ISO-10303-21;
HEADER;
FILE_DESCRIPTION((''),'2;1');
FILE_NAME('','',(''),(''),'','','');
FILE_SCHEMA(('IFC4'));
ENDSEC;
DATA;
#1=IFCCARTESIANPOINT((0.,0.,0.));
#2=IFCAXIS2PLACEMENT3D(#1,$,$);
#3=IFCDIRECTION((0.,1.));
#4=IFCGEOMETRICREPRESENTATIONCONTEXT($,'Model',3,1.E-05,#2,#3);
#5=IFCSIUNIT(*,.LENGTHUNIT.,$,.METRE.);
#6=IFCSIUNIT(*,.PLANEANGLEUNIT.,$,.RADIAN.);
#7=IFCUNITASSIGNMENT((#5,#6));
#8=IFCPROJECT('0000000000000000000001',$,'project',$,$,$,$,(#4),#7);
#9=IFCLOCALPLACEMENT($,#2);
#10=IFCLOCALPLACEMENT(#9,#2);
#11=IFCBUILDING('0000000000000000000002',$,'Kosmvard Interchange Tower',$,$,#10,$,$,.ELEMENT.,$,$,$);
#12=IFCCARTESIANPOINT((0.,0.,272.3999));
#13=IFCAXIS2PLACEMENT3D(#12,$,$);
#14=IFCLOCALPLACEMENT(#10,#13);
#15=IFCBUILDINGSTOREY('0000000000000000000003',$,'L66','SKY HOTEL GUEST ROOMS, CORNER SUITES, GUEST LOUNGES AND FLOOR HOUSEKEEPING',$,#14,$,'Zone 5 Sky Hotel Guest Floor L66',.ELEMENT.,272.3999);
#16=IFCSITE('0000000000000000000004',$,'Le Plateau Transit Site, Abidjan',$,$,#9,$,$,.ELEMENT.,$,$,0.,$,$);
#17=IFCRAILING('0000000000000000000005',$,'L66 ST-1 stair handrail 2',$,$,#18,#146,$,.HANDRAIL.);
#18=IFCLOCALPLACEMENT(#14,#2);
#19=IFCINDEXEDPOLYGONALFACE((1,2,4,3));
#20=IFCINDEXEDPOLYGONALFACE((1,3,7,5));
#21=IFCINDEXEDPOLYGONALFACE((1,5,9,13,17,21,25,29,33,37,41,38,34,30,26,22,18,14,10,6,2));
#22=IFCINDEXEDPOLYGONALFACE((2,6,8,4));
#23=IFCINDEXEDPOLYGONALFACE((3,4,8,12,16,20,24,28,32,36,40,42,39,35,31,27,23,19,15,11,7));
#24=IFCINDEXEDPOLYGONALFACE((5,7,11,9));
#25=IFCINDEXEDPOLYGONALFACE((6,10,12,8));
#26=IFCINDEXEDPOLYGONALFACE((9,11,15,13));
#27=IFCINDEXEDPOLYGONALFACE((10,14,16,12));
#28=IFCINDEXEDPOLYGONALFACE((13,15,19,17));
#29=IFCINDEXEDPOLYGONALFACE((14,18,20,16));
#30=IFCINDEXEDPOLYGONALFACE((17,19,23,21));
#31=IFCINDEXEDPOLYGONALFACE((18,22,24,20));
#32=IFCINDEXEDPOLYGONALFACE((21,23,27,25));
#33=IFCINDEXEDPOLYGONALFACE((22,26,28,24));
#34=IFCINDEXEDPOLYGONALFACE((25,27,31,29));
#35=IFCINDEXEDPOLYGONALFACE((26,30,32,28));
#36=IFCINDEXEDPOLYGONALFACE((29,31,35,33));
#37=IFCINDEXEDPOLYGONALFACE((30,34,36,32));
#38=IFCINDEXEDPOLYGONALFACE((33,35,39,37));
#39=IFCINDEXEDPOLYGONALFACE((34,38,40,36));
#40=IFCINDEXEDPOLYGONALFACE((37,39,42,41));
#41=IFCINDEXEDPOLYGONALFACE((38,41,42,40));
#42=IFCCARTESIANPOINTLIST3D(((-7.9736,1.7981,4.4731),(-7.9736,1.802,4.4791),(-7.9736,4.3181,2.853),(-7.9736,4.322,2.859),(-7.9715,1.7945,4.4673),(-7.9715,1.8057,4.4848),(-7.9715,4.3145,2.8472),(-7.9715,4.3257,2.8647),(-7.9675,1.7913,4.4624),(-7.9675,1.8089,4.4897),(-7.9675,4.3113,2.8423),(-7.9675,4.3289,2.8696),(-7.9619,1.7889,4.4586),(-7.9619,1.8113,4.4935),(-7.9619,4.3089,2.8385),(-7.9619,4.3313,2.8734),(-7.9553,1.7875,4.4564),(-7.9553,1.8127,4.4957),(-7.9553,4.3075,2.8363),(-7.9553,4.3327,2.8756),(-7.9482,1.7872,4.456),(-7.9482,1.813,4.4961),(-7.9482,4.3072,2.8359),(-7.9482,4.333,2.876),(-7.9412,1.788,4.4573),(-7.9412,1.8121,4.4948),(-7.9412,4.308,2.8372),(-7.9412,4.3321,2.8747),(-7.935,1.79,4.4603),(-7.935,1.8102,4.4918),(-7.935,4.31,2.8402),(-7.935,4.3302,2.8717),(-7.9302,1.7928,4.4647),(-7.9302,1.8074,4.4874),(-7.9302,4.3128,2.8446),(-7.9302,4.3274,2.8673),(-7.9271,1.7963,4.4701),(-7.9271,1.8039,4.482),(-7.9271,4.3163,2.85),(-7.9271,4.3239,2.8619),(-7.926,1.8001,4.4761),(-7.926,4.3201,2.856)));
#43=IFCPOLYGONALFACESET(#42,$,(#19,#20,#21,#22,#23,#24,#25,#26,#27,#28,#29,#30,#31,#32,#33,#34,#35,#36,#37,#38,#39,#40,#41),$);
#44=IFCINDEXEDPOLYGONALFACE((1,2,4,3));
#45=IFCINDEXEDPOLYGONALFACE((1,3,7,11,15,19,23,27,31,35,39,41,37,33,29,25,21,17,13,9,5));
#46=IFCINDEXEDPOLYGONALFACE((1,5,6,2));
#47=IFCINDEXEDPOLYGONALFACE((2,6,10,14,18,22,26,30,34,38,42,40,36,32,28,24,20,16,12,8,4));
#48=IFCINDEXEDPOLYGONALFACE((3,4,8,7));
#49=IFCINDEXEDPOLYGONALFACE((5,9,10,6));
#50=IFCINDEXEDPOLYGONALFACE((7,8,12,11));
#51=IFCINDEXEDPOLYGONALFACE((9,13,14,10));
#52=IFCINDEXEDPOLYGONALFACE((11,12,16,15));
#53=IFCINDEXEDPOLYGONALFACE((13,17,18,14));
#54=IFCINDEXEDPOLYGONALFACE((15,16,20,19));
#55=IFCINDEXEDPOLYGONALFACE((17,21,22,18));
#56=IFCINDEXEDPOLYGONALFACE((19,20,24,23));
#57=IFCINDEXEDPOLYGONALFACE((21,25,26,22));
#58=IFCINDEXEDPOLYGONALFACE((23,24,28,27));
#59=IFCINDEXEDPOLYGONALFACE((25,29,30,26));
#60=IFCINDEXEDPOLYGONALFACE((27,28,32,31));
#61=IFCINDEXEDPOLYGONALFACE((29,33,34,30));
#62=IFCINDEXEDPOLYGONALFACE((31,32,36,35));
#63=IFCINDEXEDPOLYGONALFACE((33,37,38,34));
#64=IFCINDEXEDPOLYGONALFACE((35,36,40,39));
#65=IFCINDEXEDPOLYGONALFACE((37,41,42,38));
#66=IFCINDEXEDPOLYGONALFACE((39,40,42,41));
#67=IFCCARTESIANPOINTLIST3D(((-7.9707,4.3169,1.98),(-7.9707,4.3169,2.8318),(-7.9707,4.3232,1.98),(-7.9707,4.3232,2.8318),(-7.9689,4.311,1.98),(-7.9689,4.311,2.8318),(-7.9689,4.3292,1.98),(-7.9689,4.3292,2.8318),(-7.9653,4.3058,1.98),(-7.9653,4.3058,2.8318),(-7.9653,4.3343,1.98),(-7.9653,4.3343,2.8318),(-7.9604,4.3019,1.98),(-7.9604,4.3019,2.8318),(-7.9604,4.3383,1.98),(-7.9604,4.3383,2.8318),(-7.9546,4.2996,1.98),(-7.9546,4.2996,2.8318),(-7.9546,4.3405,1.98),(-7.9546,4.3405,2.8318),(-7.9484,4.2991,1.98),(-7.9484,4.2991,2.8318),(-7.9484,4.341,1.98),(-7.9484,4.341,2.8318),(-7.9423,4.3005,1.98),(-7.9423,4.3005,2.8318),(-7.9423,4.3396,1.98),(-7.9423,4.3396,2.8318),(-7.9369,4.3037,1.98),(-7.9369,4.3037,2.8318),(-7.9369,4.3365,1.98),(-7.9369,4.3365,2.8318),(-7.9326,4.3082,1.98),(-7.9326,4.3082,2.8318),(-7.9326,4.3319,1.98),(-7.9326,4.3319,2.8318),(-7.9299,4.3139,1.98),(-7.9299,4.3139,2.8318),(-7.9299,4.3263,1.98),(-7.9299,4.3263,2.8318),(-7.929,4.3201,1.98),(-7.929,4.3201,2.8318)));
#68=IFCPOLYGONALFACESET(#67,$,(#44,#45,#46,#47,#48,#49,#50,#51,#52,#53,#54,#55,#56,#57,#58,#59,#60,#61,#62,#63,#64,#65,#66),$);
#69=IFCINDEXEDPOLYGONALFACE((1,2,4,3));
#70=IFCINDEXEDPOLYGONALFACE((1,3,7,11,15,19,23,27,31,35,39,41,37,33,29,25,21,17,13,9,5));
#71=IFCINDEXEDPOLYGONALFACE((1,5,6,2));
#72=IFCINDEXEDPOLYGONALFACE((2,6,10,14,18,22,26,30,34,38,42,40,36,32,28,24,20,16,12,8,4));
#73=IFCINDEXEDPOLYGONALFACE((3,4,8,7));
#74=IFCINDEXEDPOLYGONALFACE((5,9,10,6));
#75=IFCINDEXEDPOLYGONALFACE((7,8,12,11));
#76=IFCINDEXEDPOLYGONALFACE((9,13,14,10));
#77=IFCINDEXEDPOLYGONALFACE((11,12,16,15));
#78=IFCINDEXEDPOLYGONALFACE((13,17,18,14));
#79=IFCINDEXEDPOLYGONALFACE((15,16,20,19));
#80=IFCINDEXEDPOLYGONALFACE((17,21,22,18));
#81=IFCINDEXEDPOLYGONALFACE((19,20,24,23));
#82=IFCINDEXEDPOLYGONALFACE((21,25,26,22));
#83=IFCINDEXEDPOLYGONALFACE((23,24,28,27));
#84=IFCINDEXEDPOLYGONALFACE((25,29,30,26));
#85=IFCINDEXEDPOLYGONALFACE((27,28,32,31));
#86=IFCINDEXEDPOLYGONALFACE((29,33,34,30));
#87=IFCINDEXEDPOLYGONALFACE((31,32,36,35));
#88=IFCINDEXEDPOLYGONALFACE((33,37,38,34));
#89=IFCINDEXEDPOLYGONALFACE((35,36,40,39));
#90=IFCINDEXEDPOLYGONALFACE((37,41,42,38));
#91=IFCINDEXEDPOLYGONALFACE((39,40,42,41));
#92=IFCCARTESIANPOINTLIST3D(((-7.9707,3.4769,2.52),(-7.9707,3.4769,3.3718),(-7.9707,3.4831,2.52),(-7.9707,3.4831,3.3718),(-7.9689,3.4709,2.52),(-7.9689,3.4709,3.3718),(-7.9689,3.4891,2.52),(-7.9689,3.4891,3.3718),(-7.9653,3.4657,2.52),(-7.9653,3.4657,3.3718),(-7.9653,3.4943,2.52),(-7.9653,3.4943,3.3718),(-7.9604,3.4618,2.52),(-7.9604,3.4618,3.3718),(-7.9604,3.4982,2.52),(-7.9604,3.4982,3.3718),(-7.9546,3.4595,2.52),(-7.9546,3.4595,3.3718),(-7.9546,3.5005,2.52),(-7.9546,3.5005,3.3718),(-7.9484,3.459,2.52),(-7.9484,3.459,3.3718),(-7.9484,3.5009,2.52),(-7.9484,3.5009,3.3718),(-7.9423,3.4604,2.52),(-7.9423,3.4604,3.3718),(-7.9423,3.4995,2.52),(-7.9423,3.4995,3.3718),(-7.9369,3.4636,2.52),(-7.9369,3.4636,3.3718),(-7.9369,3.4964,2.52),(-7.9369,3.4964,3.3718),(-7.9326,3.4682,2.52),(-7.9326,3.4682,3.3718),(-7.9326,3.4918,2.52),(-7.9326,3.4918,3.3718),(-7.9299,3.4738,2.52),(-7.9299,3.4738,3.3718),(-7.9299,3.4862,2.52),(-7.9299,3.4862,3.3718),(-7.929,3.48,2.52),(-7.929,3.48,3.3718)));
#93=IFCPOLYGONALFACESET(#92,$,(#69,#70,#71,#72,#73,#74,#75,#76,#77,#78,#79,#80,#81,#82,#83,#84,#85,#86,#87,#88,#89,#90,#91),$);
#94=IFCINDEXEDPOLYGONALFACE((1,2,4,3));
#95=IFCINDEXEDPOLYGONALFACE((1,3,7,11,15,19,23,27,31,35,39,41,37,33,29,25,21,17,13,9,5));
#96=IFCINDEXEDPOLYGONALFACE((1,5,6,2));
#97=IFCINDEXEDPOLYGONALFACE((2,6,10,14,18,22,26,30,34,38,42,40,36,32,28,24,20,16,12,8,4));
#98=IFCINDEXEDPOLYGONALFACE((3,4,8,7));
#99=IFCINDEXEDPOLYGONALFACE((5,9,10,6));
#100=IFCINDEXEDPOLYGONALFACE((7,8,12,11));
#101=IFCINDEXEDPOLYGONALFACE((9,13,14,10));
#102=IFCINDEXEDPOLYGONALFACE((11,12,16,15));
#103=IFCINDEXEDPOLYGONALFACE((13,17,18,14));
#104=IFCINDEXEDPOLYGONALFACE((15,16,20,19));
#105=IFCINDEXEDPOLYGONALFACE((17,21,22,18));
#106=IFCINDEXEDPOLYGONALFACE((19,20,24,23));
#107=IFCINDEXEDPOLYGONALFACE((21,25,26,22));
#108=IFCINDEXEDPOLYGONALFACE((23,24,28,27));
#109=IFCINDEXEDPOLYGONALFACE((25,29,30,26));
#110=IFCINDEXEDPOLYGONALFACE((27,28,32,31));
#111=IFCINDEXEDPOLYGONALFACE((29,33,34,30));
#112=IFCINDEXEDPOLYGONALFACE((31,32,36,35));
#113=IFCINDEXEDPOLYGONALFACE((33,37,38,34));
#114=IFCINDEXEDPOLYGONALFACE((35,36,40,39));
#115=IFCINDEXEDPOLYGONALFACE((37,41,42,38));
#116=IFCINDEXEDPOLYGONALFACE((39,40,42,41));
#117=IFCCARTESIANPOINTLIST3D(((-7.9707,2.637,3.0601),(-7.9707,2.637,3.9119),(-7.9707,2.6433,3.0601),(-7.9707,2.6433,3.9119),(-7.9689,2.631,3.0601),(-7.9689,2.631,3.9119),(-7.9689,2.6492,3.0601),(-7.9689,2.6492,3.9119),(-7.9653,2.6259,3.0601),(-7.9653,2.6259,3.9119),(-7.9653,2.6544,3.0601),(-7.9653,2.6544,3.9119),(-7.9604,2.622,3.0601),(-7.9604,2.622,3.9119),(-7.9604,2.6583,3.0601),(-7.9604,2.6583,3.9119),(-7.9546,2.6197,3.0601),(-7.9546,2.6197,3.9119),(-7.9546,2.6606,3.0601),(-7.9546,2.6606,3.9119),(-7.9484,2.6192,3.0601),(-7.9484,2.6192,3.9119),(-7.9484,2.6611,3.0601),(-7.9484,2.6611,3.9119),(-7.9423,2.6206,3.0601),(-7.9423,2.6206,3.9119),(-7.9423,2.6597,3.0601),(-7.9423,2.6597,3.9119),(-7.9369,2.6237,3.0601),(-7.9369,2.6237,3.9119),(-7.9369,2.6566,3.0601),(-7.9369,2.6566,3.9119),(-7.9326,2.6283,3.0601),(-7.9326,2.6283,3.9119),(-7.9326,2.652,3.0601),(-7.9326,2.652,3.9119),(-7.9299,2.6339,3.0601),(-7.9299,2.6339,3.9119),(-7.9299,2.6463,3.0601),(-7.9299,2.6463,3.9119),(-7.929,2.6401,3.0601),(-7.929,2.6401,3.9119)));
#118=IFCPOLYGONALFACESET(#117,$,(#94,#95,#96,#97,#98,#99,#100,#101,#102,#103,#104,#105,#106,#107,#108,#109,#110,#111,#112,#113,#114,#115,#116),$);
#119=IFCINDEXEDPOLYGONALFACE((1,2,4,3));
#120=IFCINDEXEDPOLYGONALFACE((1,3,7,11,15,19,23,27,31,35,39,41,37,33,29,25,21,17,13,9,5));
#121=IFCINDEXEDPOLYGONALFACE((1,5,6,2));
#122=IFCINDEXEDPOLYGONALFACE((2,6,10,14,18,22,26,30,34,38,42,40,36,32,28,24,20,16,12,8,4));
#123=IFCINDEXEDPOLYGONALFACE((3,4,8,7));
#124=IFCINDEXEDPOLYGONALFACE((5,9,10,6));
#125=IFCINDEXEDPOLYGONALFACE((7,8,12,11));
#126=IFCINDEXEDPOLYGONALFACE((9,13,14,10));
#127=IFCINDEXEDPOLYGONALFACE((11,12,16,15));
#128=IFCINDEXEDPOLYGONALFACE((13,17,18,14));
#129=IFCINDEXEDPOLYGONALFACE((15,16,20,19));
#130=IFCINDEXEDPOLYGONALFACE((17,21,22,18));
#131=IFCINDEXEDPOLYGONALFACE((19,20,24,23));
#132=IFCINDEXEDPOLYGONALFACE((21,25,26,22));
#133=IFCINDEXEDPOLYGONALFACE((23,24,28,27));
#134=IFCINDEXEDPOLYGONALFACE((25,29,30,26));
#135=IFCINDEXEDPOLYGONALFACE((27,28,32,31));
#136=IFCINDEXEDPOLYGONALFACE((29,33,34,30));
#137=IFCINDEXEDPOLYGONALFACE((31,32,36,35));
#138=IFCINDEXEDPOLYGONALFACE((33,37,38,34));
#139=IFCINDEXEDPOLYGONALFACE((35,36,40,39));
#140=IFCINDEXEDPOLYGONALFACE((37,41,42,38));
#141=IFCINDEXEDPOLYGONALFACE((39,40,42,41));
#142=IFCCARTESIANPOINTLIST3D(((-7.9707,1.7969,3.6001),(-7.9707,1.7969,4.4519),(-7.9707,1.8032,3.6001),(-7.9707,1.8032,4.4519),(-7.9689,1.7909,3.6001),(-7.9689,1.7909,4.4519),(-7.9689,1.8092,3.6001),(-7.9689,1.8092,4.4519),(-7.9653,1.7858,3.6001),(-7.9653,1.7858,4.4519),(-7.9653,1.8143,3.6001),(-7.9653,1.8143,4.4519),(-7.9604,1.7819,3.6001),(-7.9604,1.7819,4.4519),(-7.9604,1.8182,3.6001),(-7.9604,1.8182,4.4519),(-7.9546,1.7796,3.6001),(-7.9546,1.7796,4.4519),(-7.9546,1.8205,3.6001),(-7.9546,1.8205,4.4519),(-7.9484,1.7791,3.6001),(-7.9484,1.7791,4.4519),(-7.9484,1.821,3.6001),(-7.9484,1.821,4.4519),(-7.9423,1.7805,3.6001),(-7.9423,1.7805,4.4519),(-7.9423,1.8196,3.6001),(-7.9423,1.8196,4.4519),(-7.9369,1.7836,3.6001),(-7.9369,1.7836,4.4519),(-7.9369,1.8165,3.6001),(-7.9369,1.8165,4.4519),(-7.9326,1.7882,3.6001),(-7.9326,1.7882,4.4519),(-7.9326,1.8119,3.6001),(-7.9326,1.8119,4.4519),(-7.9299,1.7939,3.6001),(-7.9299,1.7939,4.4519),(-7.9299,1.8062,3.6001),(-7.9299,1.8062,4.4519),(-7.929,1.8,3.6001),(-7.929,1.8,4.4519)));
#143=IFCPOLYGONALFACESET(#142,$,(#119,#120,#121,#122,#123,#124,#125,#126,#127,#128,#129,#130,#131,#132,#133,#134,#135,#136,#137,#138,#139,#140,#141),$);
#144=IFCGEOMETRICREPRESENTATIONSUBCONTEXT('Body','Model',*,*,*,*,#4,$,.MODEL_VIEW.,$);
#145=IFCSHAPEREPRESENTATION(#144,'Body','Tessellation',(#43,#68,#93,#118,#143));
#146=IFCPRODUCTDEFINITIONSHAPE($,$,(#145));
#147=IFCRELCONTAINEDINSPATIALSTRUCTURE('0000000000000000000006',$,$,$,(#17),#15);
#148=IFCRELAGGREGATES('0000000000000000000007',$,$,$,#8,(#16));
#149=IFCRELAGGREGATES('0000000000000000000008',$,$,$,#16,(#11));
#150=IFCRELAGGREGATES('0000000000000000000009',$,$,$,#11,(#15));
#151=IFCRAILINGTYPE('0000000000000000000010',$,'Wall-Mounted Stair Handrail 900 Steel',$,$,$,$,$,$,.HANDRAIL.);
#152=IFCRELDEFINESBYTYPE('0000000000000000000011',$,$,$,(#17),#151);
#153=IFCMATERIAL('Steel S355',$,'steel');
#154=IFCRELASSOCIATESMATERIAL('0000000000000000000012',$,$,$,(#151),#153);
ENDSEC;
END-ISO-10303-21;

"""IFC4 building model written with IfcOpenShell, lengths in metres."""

from ifc_helpers import new_model, si_unit, direction, frame, origin, origin_2d, place, context, subcontext, project, spatial, circle, extrude, source, transform, mapped, material, type_object, element, save


model = new_model("IFC4")

# Units and contexts
model_context = context("Model", 3, precision=1e-05, world=origin(), true_north=direction((0.0, 1.0)))
body_context = subcontext(model_context, "Body", "Model", "MODEL_VIEW")
ifc_project = project(units=[si_unit("LENGTHUNIT", "METRE"), si_unit("PLANEANGLEUNIT", "RADIAN")], contexts=[model_context])

# Site, building, storey
site_placement = place(None, origin())
site = spatial("IfcSite", under=ifc_project, at=site_placement, Name="Le Plateau Transit Site, Abidjan", CompositionType="ELEMENT", RefElevation=0.0)
building_placement = place(site_placement, origin())
building = spatial("IfcBuilding", under=site, at=building_placement, Name="Kosmvard Interchange Tower", CompositionType="ELEMENT")
storey_placement = place(building_placement, frame((0.0, 0.0, 272.3999)))
storey = spatial("IfcBuildingStorey", under=building, at=storey_placement, Name="L66", Description="SKY HOTEL GUEST ROOMS, CORNER SUITES, GUEST LOUNGES AND FLOOR HOUSEKEEPING", LongName="Zone 5 Sky Hotel Guest Floor L66", CompositionType="ELEMENT", Elevation=272.3999)

# Shared definitions
ifc_material_1 = material(Name="Steel S355", Category="steel")

# Railing
railing_type_1 = type_object("IfcRailingType", Name="Wall-Mounted Stair Handrail 900 Steel", PredefinedType="HANDRAIL", material=ifc_material_1)
shared_shape_1 = source(origin(), body_context, "Body", "SweptSolid", [
    extrude(circle(Radius=0.0239, at=origin_2d()), frame((0.0, 0.0, 0.876), z_axis=(0.0, -0.841163, 0.540782), x_axis=(1.0, 0.0, 0.0)), (0.0, 0.0, 1.0), 2.9958),
    extrude(circle(Radius=0.021, at=origin_2d()), origin(), (0.0, 0.0, 1.0), 0.8518),
    extrude(circle(Radius=0.021, at=origin_2d()), frame((0.0, -0.8401, 0.54)), (0.0, 0.0, 1.0), 0.8518),
    extrude(circle(Radius=0.021, at=origin_2d()), frame((0.0, -1.6799, 1.0801)), (0.0, 0.0, 1.0), 0.8518),
    extrude(circle(Radius=0.021, at=origin_2d()), frame((0.0, -2.52, 1.6201)), (0.0, 0.0, 1.0), 0.8518),
])
railing_1_placement = place(storey_placement, frame((-7.95, 4.3201, 1.98)))
element("IfcRailing", 1, at=railing_1_placement, inside=storey, type_object=railing_type_1, Name="L66 ST-1 stair handrail 2", PredefinedType="HANDRAIL", context=body_context, shape_type="MappedRepresentation", body=[
    mapped(shared_shape_1, transform((0.0, 0.0, 0.0), scale=1.0)),
])

save(model, "model.ifc")
